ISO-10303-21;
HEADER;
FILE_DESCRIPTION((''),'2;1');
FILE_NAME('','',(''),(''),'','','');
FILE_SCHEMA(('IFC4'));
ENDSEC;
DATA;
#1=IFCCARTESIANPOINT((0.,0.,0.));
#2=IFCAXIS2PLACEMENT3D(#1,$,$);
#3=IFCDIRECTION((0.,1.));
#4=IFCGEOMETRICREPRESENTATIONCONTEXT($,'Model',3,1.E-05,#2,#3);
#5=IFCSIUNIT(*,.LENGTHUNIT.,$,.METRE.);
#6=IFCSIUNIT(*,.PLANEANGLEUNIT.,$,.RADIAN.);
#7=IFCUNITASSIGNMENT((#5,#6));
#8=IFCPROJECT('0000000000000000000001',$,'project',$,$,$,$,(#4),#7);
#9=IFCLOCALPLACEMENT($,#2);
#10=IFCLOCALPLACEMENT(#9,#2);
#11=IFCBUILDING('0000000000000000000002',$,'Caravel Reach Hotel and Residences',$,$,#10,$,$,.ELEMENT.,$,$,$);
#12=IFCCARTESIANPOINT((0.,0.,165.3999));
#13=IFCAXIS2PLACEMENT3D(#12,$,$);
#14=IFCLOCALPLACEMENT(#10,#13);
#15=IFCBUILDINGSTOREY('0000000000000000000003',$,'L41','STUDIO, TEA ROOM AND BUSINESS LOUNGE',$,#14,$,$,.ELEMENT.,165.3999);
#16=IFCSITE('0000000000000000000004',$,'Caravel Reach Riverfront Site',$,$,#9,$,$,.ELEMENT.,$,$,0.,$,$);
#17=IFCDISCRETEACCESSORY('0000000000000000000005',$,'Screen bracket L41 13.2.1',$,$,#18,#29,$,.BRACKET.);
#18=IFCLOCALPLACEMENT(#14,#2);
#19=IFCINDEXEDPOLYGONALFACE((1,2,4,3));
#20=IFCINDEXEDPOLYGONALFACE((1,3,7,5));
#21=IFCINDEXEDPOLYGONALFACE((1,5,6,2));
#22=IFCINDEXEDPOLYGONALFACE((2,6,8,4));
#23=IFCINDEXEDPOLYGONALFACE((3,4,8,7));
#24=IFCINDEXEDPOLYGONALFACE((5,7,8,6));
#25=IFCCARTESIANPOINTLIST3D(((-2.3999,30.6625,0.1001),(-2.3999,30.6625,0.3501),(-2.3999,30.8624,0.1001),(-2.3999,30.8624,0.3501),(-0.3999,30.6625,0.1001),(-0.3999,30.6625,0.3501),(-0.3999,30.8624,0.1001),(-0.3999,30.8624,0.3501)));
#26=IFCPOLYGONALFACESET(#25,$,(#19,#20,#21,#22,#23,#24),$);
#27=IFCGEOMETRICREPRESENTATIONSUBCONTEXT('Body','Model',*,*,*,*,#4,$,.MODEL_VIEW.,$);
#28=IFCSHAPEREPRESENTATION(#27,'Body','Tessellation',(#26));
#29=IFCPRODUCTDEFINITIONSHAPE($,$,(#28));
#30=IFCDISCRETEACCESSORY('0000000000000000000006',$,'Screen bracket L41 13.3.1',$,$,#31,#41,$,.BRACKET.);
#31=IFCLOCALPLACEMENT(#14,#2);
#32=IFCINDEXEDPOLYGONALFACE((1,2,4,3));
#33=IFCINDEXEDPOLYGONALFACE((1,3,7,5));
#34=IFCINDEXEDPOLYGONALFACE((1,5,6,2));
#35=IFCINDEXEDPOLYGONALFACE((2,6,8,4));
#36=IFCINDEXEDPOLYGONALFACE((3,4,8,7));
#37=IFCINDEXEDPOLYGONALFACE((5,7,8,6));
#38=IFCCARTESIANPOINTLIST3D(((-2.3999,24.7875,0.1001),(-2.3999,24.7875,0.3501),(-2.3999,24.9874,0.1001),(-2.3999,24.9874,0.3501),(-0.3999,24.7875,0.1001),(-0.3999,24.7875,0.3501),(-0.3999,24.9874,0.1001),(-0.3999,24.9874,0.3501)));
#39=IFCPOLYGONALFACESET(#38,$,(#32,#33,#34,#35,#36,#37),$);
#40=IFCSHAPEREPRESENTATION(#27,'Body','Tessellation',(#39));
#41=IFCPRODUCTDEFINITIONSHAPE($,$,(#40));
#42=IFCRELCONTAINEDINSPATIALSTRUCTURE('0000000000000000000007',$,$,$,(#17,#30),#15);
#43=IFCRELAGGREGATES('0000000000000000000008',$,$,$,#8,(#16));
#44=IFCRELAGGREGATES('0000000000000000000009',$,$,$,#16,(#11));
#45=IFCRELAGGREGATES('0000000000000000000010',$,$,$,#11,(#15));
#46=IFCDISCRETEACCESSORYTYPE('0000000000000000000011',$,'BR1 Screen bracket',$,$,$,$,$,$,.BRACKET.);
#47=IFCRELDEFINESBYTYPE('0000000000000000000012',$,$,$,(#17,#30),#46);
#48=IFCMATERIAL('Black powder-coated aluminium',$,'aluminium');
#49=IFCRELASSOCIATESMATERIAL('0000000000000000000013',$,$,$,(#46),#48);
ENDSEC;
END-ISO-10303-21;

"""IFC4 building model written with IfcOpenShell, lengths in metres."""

from ifc_helpers import new_model, si_unit, direction, frame, origin, origin_2d, place, context, subcontext, project, spatial, rectangle, extrude, material, type_object, element, save


model = new_model("IFC4")

# Units and contexts
model_context = context("Model", 3, precision=1e-05, world=origin(), true_north=direction((0.0, 1.0)))
body_context = subcontext(model_context, "Body", "Model", "MODEL_VIEW")
ifc_project = project(units=[si_unit("LENGTHUNIT", "METRE"), si_unit("PLANEANGLEUNIT", "RADIAN")], contexts=[model_context])

# Site, building, storey
site_placement = place(None, origin())
site = spatial("IfcSite", under=ifc_project, at=site_placement, Name="Caravel Reach Riverfront Site", CompositionType="ELEMENT", RefElevation=0.0)
building_placement = place(site_placement, origin())
building = spatial("IfcBuilding", under=site, at=building_placement, Name="Caravel Reach Hotel and Residences", CompositionType="ELEMENT")
storey_placement = place(building_placement, frame((0.0, 0.0, 165.3999)))
storey = spatial("IfcBuildingStorey", under=building, at=storey_placement, Name="L41", Description="STUDIO, TEA ROOM AND BUSINESS LOUNGE", CompositionType="ELEMENT", Elevation=165.3999)

# Discrete accessories
ifc_material_1 = material(Name="Black powder-coated aluminium", Category="aluminium")
discrete_accessory_type = type_object("IfcDiscreteAccessoryType", Name="BR1 Screen bracket", PredefinedType="BRACKET", material=ifc_material_1)
for number, where, z_axis, x_axis, name in (
    (1, (-1.3999, 30.7625, 0.1001), (0.0, 0.0, 1.0), (-1.0, 0.0, 0.0), "Screen bracket L41 13.2.1"),
    (2, (-1.3999, 24.8875, 0.1001), (0.0, 0.0, 1.0), (-1.0, 0.0, 0.0), "Screen bracket L41 13.3.1"),
):
    element("IfcDiscreteAccessory", number, at=place(storey_placement, frame(where, z_axis=z_axis, x_axis=x_axis)), inside=storey, type_object=discrete_accessory_type, Name=name, PredefinedType="BRACKET", context=body_context, shape_type="SweptSolid", body=[
        extrude(rectangle(XDim=2.0, YDim=0.2, at=origin_2d()), origin(), (0.0, 0.0, 1.0), 0.25),
    ])

save(model, "model.ifc")
